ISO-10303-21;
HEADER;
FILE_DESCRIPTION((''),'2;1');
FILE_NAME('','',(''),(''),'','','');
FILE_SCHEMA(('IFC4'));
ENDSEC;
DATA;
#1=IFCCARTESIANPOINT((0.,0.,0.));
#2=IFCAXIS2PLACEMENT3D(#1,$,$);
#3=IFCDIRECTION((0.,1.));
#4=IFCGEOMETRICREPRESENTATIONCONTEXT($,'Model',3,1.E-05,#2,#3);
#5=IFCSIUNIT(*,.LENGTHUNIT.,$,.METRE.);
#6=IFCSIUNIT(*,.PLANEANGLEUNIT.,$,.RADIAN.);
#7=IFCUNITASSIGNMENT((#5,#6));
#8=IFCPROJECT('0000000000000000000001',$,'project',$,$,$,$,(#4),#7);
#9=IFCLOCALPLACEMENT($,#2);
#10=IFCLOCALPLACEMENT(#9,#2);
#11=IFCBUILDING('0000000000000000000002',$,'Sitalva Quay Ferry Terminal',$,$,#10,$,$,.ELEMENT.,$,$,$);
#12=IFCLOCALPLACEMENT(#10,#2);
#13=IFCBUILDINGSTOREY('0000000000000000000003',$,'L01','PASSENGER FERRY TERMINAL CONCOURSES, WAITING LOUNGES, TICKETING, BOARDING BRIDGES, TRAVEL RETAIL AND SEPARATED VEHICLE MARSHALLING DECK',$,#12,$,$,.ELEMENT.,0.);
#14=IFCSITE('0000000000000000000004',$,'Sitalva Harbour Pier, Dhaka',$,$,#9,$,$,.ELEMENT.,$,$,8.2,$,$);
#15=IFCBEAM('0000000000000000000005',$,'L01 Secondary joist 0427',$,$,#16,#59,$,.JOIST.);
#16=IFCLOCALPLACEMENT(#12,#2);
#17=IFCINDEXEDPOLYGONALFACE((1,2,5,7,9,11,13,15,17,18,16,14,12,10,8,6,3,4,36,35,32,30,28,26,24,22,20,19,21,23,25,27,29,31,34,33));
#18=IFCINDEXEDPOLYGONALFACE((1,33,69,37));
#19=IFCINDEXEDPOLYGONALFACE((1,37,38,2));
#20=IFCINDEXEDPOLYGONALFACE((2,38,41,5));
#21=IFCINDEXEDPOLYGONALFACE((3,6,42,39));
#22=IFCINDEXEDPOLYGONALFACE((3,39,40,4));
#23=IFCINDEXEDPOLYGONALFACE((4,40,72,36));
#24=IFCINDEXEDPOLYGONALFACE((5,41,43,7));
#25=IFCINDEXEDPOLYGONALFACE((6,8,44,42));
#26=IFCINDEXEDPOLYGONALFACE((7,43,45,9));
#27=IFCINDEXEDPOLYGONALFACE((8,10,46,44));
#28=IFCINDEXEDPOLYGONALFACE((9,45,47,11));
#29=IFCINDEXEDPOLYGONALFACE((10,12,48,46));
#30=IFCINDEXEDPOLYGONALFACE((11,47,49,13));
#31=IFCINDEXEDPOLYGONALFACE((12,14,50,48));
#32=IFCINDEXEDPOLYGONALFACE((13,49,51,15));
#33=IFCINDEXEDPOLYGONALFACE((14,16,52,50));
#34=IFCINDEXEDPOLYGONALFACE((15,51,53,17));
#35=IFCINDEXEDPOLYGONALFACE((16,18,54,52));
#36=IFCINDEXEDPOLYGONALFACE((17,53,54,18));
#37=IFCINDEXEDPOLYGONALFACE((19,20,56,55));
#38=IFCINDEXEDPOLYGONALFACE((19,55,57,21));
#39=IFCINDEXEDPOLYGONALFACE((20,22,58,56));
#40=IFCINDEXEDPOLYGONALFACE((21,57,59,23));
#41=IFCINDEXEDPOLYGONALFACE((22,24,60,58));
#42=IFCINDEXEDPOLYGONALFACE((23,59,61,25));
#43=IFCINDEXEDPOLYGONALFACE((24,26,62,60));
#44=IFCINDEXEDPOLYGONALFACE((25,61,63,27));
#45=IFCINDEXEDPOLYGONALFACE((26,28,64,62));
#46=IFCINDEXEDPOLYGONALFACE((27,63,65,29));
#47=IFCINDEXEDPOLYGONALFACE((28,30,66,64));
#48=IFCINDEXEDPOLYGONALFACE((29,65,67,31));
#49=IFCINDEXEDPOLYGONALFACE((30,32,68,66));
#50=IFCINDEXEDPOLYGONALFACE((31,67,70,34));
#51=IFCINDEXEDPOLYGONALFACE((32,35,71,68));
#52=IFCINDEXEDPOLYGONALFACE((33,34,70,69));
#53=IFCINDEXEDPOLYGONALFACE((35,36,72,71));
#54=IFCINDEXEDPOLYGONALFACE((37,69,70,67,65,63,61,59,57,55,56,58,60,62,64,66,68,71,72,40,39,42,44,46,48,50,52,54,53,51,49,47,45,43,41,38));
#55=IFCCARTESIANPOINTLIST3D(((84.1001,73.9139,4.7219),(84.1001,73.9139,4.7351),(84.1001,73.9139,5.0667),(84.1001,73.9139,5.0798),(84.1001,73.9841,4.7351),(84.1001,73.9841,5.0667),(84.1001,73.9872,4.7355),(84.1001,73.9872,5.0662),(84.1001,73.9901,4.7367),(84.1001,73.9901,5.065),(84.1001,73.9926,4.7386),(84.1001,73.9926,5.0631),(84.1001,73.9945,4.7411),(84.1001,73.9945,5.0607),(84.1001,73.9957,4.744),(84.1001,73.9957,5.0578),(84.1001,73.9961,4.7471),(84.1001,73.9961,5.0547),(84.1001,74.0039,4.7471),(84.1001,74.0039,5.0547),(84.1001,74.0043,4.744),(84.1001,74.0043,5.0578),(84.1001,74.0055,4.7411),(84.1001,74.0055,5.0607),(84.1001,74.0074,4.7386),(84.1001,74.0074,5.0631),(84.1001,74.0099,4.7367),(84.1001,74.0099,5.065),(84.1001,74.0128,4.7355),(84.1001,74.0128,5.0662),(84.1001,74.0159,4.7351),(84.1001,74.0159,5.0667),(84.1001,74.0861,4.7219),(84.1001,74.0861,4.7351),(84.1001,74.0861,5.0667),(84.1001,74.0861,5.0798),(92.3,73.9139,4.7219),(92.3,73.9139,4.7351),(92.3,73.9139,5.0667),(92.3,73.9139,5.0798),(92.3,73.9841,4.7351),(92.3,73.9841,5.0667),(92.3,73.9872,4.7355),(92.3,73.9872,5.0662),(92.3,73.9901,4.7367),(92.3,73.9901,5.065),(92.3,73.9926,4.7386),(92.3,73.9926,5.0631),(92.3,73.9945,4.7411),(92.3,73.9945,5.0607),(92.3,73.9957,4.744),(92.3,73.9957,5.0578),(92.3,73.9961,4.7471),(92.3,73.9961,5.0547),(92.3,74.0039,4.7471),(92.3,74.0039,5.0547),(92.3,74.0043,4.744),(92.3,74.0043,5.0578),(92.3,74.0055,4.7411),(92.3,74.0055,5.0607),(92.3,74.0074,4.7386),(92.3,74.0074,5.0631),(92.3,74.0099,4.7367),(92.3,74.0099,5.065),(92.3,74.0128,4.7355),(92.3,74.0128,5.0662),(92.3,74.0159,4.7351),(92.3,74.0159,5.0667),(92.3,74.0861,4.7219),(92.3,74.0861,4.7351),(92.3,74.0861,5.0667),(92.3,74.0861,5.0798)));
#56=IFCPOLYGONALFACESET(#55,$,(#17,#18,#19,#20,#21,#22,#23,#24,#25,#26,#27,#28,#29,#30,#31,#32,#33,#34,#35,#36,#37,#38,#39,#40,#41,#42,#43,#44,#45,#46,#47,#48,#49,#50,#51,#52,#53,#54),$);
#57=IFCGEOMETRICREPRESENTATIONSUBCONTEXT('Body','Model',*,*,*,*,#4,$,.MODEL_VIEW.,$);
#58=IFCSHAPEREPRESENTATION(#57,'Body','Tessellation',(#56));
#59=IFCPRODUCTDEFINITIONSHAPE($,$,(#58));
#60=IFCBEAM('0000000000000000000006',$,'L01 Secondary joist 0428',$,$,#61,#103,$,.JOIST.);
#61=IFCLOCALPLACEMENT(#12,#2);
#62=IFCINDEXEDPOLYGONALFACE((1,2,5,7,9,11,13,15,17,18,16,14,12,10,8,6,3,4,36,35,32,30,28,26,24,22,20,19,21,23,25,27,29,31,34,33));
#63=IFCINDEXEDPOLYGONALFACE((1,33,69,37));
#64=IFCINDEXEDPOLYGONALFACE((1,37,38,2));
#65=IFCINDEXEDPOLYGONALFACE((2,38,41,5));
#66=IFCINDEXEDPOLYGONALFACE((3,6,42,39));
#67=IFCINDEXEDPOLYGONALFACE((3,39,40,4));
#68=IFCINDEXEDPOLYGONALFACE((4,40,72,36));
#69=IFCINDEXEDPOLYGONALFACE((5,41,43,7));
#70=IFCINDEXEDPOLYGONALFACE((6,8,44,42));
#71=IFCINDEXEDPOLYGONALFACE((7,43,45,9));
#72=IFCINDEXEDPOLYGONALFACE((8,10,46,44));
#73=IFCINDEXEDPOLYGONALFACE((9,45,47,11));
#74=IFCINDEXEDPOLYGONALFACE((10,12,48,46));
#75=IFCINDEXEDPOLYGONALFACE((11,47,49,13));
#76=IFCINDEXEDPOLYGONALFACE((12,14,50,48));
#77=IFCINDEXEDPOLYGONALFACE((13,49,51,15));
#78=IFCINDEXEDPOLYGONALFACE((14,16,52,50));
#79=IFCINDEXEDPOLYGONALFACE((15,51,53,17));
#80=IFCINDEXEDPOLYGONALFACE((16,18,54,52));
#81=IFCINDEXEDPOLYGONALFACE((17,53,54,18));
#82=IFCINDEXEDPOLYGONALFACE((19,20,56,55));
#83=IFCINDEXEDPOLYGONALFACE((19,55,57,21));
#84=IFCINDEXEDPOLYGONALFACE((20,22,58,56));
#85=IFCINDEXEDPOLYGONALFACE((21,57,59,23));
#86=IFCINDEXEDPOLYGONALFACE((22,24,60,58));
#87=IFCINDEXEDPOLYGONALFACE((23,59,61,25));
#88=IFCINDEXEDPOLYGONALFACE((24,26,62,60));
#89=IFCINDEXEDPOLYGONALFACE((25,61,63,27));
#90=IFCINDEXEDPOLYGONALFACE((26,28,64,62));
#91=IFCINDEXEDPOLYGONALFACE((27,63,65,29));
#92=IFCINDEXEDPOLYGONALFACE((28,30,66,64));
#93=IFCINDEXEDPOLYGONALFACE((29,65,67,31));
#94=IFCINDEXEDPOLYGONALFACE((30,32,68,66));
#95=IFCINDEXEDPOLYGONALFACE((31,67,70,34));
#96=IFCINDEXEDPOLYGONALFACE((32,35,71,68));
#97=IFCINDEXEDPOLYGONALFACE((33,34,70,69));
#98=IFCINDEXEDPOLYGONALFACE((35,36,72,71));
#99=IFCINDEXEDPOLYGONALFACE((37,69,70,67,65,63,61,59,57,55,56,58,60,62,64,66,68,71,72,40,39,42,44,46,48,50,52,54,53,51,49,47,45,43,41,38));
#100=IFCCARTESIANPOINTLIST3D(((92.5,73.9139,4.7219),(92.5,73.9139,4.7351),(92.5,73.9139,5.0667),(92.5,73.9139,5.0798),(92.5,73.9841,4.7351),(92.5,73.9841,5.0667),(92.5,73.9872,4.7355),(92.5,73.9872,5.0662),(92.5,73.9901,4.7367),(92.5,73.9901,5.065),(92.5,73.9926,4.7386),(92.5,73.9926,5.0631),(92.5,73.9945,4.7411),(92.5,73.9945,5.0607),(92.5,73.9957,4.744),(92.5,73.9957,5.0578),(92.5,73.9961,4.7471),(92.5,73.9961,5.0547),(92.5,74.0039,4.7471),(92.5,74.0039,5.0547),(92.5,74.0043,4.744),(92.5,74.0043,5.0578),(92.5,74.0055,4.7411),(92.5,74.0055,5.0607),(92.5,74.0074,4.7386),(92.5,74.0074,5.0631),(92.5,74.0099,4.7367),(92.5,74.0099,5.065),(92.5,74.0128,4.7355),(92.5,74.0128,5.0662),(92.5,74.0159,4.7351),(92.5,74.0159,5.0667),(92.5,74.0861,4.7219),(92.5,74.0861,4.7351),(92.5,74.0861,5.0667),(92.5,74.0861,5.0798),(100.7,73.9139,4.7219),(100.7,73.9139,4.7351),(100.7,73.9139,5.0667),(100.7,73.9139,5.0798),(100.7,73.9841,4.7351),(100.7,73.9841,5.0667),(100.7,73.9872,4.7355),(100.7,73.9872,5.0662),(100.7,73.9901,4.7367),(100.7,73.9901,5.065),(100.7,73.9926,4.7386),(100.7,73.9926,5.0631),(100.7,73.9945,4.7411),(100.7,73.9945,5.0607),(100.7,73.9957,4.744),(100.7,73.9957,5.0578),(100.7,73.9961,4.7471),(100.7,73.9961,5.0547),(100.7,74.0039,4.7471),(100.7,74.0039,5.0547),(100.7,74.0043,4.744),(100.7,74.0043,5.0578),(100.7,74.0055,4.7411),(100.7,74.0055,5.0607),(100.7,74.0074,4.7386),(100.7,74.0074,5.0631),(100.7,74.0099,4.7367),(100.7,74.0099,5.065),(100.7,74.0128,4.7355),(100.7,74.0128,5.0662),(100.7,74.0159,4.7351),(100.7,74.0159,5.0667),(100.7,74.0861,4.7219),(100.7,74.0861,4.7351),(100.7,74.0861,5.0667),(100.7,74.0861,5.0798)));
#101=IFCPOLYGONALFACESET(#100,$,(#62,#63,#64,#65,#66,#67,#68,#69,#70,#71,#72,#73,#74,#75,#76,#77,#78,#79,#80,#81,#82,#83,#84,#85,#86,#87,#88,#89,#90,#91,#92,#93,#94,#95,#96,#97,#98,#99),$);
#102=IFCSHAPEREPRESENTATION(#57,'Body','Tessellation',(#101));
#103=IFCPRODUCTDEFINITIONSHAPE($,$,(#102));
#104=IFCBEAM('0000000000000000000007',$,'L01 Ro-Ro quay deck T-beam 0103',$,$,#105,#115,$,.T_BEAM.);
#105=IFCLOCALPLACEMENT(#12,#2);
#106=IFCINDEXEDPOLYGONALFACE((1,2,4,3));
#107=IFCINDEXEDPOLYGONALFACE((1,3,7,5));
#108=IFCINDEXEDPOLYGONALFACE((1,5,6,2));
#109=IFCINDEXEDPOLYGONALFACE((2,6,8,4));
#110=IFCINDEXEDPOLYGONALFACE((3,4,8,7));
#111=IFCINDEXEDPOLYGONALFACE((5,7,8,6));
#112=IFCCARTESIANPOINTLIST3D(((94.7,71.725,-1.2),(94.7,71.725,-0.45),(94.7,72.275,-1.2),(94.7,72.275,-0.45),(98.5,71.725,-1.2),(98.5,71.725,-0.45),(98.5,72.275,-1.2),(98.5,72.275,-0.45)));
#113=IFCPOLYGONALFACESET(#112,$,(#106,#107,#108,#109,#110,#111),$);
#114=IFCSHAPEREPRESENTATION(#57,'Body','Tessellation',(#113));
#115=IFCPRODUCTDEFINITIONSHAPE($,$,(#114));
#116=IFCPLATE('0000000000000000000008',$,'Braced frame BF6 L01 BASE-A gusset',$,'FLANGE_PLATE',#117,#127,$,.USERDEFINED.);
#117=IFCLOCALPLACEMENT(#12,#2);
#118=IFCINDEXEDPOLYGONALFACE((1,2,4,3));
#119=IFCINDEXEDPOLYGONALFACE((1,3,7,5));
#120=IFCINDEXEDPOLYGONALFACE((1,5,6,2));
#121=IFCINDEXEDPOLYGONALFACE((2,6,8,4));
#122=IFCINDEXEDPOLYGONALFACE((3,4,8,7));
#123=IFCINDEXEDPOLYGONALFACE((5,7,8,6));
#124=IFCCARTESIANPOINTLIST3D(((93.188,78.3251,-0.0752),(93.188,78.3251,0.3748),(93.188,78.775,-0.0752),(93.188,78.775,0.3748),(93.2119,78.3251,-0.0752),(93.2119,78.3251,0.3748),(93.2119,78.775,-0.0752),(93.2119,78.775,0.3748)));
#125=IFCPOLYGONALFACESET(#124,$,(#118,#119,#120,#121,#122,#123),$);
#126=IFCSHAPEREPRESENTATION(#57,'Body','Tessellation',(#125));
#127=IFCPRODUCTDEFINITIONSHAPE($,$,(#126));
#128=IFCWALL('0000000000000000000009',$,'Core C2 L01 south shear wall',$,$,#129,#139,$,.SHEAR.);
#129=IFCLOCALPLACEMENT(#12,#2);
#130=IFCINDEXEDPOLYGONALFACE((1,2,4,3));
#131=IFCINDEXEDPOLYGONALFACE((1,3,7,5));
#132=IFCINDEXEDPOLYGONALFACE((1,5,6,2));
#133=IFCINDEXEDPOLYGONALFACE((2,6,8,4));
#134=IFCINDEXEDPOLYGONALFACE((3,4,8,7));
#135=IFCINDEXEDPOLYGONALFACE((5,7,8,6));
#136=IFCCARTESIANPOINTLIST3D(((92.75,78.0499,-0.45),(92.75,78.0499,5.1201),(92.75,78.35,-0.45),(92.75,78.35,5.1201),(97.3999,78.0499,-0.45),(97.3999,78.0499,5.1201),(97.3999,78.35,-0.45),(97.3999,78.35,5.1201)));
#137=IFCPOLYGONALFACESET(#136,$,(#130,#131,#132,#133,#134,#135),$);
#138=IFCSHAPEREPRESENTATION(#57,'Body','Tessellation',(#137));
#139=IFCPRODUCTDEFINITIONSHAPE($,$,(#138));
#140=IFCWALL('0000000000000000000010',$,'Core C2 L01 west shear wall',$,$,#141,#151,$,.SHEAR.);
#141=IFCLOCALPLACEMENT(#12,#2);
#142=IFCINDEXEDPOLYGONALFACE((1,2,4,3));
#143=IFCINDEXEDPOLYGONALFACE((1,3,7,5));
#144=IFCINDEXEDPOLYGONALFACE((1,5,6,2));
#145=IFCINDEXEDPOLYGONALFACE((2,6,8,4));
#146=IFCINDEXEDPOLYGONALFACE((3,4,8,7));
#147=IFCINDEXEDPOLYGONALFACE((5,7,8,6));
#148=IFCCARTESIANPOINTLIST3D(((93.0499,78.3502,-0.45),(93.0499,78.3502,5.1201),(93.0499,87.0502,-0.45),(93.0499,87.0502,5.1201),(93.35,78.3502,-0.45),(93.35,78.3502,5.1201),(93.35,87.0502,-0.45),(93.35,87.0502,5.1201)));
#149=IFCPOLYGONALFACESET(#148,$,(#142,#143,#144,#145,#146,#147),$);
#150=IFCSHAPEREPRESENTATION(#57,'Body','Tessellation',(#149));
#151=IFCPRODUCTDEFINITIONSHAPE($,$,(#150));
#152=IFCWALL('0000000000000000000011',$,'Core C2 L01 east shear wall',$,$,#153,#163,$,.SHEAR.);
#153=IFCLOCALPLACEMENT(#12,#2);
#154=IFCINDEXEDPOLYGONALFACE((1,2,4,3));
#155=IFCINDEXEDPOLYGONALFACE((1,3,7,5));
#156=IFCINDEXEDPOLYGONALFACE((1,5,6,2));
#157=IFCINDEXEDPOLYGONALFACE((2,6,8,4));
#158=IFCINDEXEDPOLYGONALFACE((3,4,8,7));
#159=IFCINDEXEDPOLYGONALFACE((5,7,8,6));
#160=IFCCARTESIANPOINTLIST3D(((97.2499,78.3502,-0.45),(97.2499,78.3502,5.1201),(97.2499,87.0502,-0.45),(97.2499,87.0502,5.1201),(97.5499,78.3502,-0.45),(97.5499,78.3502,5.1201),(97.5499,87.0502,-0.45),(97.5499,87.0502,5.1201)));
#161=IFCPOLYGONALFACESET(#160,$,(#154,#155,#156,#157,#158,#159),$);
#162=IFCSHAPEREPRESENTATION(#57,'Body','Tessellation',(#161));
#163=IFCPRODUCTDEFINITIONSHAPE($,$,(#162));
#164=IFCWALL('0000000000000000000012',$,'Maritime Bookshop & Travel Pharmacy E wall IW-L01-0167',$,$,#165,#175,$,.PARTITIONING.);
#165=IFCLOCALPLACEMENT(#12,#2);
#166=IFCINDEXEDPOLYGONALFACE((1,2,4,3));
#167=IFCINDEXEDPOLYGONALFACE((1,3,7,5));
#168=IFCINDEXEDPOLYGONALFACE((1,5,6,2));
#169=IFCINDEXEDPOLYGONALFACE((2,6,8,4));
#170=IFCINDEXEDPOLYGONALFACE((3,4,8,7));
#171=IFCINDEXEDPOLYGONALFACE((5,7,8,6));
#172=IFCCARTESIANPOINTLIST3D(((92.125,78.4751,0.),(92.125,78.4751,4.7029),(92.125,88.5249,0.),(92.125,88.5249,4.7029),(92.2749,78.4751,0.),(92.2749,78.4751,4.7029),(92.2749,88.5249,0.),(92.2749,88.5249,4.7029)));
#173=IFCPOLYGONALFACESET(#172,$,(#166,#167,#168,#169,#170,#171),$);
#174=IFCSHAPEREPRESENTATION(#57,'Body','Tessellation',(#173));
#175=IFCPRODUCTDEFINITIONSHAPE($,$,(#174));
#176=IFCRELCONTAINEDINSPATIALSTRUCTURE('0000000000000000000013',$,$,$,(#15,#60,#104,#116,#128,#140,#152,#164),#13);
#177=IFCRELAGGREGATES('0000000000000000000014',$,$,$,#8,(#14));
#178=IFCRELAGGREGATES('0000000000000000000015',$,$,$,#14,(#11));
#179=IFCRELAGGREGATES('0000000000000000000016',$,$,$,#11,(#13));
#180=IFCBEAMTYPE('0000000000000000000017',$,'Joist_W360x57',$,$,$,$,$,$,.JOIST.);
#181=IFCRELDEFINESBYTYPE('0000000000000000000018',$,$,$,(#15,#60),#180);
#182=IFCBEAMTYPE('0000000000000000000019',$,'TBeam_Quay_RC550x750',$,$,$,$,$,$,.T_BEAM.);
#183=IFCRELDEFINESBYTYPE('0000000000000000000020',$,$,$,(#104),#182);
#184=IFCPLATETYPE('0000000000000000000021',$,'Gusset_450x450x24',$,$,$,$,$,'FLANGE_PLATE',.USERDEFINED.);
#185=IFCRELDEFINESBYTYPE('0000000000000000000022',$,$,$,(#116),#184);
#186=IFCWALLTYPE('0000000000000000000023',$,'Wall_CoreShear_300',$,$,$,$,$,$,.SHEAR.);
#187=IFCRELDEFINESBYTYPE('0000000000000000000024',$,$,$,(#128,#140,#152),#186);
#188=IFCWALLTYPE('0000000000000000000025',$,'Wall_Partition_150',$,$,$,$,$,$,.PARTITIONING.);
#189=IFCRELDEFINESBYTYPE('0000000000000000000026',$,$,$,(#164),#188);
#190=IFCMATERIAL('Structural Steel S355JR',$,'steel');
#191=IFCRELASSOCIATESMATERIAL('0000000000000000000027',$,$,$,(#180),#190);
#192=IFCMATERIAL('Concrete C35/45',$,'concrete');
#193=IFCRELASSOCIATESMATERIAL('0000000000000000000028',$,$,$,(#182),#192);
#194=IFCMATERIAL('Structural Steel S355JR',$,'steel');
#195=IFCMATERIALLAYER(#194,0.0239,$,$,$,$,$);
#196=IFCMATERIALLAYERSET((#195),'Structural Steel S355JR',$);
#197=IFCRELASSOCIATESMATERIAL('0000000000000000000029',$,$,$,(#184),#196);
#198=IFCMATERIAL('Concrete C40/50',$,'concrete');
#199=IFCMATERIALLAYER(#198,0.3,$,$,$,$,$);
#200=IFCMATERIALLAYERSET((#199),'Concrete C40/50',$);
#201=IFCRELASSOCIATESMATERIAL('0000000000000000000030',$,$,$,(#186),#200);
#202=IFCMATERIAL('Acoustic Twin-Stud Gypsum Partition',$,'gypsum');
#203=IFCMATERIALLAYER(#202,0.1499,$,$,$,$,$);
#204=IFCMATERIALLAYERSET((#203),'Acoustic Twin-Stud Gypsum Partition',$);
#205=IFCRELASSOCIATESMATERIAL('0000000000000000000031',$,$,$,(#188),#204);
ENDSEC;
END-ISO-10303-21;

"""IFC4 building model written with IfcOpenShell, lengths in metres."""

from ifc_helpers import new_model, si_unit, direction, frame, frame_2d, origin, origin_2d, place, context, subcontext, project, spatial, rectangle, i_section, extrude, material, layer, layer_set, material_profile, profile_set, type_object, element, save


model = new_model("IFC4")

# Units and contexts
model_context = context("Model", 3, precision=1e-05, world=origin(), true_north=direction((0.0, 1.0)))
body_context = subcontext(model_context, "Body", "Model", "MODEL_VIEW")
ifc_project = project(units=[si_unit("LENGTHUNIT", "METRE"), si_unit("PLANEANGLEUNIT", "RADIAN")], contexts=[model_context])

# Site, building, storey
site_placement = place(None, origin())
site = spatial("IfcSite", under=ifc_project, at=site_placement, Name="Sitalva Harbour Pier, Dhaka", CompositionType="ELEMENT", RefElevation=8.2)
building_placement = place(site_placement, origin())
building = spatial("IfcBuilding", under=site, at=building_placement, Name="Sitalva Quay Ferry Terminal", CompositionType="ELEMENT")
storey_placement = place(building_placement, origin())
storey = spatial("IfcBuildingStorey", under=building, at=storey_placement, Name="L01", Description="PASSENGER FERRY TERMINAL CONCOURSES, WAITING LOUNGES, TICKETING, BOARDING BRIDGES, TRAVEL RETAIL AND SEPARATED VEHICLE MARSHALLING DECK", CompositionType="ELEMENT", Elevation=0.0)

# Beams
ifc_material_1 = material(Name="Structural Steel S355JR", Category="steel")
ifc_material_profile_1 = material_profile(ifc_material_1, i_section(OverallWidth=0.1721, OverallDepth=0.3579, WebThickness=0.0078, FlangeThickness=0.0132, FilletRadius=0.012, at=origin_2d()), Name="W360x57")
ifc_profile_set_1 = profile_set([ifc_material_profile_1], Name="Structural Steel S355JR")
beam_type_1 = type_object("IfcBeamType", Name="Joist_W360x57", PredefinedType="JOIST", material=ifc_profile_set_1)
for number, where, z_axis, x_axis, name in (
    (1, (84.1001, 74.0, 4.9009), (1.0, 0.0, 0.0), (0.0, 1.0, 0.0), "L01 Secondary joist 0427"),
    (2, (92.5, 74.0, 4.9009), (1.0, 0.0, 0.0), (0.0, 1.0, 0.0), "L01 Secondary joist 0428"),
):
    element("IfcBeam", number, at=place(storey_placement, frame(where, z_axis=z_axis, x_axis=x_axis)), inside=storey, type_object=beam_type_1, Name=name, PredefinedType="JOIST", context=body_context, shape_type="SweptSolid", body=[
        extrude(i_section(OverallWidth=0.1721, OverallDepth=0.3579, WebThickness=0.0078, FlangeThickness=0.0132, FilletRadius=0.012, at=origin_2d()), origin(), (0.0, 0.0, 1.0), 8.2),
    ])
ifc_material_2 = material(Name="Concrete C35/45", Category="concrete")
ifc_material_profile_2 = material_profile(ifc_material_2, rectangle(XDim=0.55, YDim=0.75, at=origin_2d()), Name="RC550x750")
ifc_profile_set_2 = profile_set([ifc_material_profile_2], Name="Concrete C35/45")
beam_type_2 = type_object("IfcBeamType", Name="TBeam_Quay_RC550x750", PredefinedType="T_BEAM", material=ifc_profile_set_2)
beam_1_placement = place(storey_placement, frame((94.7, 72.0, -0.825), z_axis=(1.0, 0.0, 0.0), x_axis=(0.0, 1.0, 0.0)))
element("IfcBeam", 3, at=beam_1_placement, inside=storey, type_object=beam_type_2, Name="L01 Ro-Ro quay deck T-beam 0103", PredefinedType="T_BEAM", context=body_context, shape_type="SweptSolid", body=[
    extrude(rectangle(XDim=0.55, YDim=0.75, at=origin_2d()), origin(), (0.0, 0.0, 1.0), 3.8),
])

# Plate
ifc_material_3 = material(Name="Structural Steel S355JR", Category="steel")
ifc_layer_1 = layer(ifc_material_3, 0.0239)
ifc_layer_set_1 = layer_set([ifc_layer_1], Name="Structural Steel S355JR")
plate_type = type_object("IfcPlateType", Name="Gusset_450x450x24", ElementType="FLANGE_PLATE", PredefinedType="USERDEFINED", material=ifc_layer_set_1)
plate_placement = place(storey_placement, frame((93.2, 78.55, -0.0752), z_axis=(0.0, 0.0, 1.0), x_axis=(1.0, 0.0, 0.0)))
element("IfcPlate", 4, at=plate_placement, inside=storey, type_object=plate_type, Name="Braced frame BF6 L01 BASE-A gusset", ObjectType="FLANGE_PLATE", PredefinedType="USERDEFINED", context=body_context, shape_type="SweptSolid", body=[
    extrude(rectangle(XDim=0.0239, YDim=0.45, at=origin_2d()), origin(), (0.0, 0.0, 1.0), 0.45),
])

# Walls
ifc_material_4 = material(Name="Concrete C40/50", Category="concrete")
ifc_layer_2 = layer(ifc_material_4, 0.3)
ifc_layer_set_2 = layer_set([ifc_layer_2], Name="Concrete C40/50")
wall_type_1 = type_object("IfcWallType", Name="Wall_CoreShear_300", PredefinedType="SHEAR", material=ifc_layer_set_2)
wall_1_placement = place(storey_placement, frame((92.75, 78.2, -0.45), z_axis=(0.0, 0.0, 1.0), x_axis=(1.0, 0.0, 0.0)))
element("IfcWall", 5, at=wall_1_placement, inside=storey, type_object=wall_type_1, Name="Core C2 L01 south shear wall", PredefinedType="SHEAR", context=body_context, shape_type="SweptSolid", body=[
    extrude(rectangle(XDim=4.6499, YDim=0.3, at=frame_2d((2.325, 0.0))), origin(), (0.0, 0.0, 1.0), 5.5701),
])
for number, where, z_axis, x_axis, name in (
    (6, (93.2, 78.3501, -0.45), (0.0, 0.0, 1.0), (0.0, 1.0, 0.0), "Core C2 L01 west shear wall"),
    (7, (97.3999, 78.3501, -0.45), (0.0, 0.0, 1.0), (0.0, 1.0, 0.0), "Core C2 L01 east shear wall"),
):
    element("IfcWall", number, at=place(storey_placement, frame(where, z_axis=z_axis, x_axis=x_axis)), inside=storey, type_object=wall_type_1, Name=name, PredefinedType="SHEAR", context=body_context, shape_type="SweptSolid", body=[
        extrude(rectangle(XDim=8.7, YDim=0.3, at=frame_2d((4.3501, 0.0))), origin(), (0.0, 0.0, 1.0), 5.5701),
    ])
ifc_material_5 = material(Name="Acoustic Twin-Stud Gypsum Partition", Category="gypsum")
ifc_layer_3 = layer(ifc_material_5, 0.1499)
ifc_layer_set_3 = layer_set([ifc_layer_3], Name="Acoustic Twin-Stud Gypsum Partition")
wall_type_2 = type_object("IfcWallType", Name="Wall_Partition_150", PredefinedType="PARTITIONING", material=ifc_layer_set_3)
wall_2_placement = place(storey_placement, frame((92.2, 78.4751, 0.0), z_axis=(0.0, 0.0, 1.0), x_axis=(0.0, 1.0, 0.0)))
element("IfcWall", 8, at=wall_2_placement, inside=storey, type_object=wall_type_2, Name="Maritime Bookshop & Travel Pharmacy E wall IW-L01-0167", PredefinedType="PARTITIONING", context=body_context, shape_type="SweptSolid", body=[
    extrude(rectangle(XDim=10.0498, YDim=0.1499, at=frame_2d((5.0249, 0.0))), origin(), (0.0, 0.0, 1.0), 4.7029),
])

save(model, "model.ifc")
